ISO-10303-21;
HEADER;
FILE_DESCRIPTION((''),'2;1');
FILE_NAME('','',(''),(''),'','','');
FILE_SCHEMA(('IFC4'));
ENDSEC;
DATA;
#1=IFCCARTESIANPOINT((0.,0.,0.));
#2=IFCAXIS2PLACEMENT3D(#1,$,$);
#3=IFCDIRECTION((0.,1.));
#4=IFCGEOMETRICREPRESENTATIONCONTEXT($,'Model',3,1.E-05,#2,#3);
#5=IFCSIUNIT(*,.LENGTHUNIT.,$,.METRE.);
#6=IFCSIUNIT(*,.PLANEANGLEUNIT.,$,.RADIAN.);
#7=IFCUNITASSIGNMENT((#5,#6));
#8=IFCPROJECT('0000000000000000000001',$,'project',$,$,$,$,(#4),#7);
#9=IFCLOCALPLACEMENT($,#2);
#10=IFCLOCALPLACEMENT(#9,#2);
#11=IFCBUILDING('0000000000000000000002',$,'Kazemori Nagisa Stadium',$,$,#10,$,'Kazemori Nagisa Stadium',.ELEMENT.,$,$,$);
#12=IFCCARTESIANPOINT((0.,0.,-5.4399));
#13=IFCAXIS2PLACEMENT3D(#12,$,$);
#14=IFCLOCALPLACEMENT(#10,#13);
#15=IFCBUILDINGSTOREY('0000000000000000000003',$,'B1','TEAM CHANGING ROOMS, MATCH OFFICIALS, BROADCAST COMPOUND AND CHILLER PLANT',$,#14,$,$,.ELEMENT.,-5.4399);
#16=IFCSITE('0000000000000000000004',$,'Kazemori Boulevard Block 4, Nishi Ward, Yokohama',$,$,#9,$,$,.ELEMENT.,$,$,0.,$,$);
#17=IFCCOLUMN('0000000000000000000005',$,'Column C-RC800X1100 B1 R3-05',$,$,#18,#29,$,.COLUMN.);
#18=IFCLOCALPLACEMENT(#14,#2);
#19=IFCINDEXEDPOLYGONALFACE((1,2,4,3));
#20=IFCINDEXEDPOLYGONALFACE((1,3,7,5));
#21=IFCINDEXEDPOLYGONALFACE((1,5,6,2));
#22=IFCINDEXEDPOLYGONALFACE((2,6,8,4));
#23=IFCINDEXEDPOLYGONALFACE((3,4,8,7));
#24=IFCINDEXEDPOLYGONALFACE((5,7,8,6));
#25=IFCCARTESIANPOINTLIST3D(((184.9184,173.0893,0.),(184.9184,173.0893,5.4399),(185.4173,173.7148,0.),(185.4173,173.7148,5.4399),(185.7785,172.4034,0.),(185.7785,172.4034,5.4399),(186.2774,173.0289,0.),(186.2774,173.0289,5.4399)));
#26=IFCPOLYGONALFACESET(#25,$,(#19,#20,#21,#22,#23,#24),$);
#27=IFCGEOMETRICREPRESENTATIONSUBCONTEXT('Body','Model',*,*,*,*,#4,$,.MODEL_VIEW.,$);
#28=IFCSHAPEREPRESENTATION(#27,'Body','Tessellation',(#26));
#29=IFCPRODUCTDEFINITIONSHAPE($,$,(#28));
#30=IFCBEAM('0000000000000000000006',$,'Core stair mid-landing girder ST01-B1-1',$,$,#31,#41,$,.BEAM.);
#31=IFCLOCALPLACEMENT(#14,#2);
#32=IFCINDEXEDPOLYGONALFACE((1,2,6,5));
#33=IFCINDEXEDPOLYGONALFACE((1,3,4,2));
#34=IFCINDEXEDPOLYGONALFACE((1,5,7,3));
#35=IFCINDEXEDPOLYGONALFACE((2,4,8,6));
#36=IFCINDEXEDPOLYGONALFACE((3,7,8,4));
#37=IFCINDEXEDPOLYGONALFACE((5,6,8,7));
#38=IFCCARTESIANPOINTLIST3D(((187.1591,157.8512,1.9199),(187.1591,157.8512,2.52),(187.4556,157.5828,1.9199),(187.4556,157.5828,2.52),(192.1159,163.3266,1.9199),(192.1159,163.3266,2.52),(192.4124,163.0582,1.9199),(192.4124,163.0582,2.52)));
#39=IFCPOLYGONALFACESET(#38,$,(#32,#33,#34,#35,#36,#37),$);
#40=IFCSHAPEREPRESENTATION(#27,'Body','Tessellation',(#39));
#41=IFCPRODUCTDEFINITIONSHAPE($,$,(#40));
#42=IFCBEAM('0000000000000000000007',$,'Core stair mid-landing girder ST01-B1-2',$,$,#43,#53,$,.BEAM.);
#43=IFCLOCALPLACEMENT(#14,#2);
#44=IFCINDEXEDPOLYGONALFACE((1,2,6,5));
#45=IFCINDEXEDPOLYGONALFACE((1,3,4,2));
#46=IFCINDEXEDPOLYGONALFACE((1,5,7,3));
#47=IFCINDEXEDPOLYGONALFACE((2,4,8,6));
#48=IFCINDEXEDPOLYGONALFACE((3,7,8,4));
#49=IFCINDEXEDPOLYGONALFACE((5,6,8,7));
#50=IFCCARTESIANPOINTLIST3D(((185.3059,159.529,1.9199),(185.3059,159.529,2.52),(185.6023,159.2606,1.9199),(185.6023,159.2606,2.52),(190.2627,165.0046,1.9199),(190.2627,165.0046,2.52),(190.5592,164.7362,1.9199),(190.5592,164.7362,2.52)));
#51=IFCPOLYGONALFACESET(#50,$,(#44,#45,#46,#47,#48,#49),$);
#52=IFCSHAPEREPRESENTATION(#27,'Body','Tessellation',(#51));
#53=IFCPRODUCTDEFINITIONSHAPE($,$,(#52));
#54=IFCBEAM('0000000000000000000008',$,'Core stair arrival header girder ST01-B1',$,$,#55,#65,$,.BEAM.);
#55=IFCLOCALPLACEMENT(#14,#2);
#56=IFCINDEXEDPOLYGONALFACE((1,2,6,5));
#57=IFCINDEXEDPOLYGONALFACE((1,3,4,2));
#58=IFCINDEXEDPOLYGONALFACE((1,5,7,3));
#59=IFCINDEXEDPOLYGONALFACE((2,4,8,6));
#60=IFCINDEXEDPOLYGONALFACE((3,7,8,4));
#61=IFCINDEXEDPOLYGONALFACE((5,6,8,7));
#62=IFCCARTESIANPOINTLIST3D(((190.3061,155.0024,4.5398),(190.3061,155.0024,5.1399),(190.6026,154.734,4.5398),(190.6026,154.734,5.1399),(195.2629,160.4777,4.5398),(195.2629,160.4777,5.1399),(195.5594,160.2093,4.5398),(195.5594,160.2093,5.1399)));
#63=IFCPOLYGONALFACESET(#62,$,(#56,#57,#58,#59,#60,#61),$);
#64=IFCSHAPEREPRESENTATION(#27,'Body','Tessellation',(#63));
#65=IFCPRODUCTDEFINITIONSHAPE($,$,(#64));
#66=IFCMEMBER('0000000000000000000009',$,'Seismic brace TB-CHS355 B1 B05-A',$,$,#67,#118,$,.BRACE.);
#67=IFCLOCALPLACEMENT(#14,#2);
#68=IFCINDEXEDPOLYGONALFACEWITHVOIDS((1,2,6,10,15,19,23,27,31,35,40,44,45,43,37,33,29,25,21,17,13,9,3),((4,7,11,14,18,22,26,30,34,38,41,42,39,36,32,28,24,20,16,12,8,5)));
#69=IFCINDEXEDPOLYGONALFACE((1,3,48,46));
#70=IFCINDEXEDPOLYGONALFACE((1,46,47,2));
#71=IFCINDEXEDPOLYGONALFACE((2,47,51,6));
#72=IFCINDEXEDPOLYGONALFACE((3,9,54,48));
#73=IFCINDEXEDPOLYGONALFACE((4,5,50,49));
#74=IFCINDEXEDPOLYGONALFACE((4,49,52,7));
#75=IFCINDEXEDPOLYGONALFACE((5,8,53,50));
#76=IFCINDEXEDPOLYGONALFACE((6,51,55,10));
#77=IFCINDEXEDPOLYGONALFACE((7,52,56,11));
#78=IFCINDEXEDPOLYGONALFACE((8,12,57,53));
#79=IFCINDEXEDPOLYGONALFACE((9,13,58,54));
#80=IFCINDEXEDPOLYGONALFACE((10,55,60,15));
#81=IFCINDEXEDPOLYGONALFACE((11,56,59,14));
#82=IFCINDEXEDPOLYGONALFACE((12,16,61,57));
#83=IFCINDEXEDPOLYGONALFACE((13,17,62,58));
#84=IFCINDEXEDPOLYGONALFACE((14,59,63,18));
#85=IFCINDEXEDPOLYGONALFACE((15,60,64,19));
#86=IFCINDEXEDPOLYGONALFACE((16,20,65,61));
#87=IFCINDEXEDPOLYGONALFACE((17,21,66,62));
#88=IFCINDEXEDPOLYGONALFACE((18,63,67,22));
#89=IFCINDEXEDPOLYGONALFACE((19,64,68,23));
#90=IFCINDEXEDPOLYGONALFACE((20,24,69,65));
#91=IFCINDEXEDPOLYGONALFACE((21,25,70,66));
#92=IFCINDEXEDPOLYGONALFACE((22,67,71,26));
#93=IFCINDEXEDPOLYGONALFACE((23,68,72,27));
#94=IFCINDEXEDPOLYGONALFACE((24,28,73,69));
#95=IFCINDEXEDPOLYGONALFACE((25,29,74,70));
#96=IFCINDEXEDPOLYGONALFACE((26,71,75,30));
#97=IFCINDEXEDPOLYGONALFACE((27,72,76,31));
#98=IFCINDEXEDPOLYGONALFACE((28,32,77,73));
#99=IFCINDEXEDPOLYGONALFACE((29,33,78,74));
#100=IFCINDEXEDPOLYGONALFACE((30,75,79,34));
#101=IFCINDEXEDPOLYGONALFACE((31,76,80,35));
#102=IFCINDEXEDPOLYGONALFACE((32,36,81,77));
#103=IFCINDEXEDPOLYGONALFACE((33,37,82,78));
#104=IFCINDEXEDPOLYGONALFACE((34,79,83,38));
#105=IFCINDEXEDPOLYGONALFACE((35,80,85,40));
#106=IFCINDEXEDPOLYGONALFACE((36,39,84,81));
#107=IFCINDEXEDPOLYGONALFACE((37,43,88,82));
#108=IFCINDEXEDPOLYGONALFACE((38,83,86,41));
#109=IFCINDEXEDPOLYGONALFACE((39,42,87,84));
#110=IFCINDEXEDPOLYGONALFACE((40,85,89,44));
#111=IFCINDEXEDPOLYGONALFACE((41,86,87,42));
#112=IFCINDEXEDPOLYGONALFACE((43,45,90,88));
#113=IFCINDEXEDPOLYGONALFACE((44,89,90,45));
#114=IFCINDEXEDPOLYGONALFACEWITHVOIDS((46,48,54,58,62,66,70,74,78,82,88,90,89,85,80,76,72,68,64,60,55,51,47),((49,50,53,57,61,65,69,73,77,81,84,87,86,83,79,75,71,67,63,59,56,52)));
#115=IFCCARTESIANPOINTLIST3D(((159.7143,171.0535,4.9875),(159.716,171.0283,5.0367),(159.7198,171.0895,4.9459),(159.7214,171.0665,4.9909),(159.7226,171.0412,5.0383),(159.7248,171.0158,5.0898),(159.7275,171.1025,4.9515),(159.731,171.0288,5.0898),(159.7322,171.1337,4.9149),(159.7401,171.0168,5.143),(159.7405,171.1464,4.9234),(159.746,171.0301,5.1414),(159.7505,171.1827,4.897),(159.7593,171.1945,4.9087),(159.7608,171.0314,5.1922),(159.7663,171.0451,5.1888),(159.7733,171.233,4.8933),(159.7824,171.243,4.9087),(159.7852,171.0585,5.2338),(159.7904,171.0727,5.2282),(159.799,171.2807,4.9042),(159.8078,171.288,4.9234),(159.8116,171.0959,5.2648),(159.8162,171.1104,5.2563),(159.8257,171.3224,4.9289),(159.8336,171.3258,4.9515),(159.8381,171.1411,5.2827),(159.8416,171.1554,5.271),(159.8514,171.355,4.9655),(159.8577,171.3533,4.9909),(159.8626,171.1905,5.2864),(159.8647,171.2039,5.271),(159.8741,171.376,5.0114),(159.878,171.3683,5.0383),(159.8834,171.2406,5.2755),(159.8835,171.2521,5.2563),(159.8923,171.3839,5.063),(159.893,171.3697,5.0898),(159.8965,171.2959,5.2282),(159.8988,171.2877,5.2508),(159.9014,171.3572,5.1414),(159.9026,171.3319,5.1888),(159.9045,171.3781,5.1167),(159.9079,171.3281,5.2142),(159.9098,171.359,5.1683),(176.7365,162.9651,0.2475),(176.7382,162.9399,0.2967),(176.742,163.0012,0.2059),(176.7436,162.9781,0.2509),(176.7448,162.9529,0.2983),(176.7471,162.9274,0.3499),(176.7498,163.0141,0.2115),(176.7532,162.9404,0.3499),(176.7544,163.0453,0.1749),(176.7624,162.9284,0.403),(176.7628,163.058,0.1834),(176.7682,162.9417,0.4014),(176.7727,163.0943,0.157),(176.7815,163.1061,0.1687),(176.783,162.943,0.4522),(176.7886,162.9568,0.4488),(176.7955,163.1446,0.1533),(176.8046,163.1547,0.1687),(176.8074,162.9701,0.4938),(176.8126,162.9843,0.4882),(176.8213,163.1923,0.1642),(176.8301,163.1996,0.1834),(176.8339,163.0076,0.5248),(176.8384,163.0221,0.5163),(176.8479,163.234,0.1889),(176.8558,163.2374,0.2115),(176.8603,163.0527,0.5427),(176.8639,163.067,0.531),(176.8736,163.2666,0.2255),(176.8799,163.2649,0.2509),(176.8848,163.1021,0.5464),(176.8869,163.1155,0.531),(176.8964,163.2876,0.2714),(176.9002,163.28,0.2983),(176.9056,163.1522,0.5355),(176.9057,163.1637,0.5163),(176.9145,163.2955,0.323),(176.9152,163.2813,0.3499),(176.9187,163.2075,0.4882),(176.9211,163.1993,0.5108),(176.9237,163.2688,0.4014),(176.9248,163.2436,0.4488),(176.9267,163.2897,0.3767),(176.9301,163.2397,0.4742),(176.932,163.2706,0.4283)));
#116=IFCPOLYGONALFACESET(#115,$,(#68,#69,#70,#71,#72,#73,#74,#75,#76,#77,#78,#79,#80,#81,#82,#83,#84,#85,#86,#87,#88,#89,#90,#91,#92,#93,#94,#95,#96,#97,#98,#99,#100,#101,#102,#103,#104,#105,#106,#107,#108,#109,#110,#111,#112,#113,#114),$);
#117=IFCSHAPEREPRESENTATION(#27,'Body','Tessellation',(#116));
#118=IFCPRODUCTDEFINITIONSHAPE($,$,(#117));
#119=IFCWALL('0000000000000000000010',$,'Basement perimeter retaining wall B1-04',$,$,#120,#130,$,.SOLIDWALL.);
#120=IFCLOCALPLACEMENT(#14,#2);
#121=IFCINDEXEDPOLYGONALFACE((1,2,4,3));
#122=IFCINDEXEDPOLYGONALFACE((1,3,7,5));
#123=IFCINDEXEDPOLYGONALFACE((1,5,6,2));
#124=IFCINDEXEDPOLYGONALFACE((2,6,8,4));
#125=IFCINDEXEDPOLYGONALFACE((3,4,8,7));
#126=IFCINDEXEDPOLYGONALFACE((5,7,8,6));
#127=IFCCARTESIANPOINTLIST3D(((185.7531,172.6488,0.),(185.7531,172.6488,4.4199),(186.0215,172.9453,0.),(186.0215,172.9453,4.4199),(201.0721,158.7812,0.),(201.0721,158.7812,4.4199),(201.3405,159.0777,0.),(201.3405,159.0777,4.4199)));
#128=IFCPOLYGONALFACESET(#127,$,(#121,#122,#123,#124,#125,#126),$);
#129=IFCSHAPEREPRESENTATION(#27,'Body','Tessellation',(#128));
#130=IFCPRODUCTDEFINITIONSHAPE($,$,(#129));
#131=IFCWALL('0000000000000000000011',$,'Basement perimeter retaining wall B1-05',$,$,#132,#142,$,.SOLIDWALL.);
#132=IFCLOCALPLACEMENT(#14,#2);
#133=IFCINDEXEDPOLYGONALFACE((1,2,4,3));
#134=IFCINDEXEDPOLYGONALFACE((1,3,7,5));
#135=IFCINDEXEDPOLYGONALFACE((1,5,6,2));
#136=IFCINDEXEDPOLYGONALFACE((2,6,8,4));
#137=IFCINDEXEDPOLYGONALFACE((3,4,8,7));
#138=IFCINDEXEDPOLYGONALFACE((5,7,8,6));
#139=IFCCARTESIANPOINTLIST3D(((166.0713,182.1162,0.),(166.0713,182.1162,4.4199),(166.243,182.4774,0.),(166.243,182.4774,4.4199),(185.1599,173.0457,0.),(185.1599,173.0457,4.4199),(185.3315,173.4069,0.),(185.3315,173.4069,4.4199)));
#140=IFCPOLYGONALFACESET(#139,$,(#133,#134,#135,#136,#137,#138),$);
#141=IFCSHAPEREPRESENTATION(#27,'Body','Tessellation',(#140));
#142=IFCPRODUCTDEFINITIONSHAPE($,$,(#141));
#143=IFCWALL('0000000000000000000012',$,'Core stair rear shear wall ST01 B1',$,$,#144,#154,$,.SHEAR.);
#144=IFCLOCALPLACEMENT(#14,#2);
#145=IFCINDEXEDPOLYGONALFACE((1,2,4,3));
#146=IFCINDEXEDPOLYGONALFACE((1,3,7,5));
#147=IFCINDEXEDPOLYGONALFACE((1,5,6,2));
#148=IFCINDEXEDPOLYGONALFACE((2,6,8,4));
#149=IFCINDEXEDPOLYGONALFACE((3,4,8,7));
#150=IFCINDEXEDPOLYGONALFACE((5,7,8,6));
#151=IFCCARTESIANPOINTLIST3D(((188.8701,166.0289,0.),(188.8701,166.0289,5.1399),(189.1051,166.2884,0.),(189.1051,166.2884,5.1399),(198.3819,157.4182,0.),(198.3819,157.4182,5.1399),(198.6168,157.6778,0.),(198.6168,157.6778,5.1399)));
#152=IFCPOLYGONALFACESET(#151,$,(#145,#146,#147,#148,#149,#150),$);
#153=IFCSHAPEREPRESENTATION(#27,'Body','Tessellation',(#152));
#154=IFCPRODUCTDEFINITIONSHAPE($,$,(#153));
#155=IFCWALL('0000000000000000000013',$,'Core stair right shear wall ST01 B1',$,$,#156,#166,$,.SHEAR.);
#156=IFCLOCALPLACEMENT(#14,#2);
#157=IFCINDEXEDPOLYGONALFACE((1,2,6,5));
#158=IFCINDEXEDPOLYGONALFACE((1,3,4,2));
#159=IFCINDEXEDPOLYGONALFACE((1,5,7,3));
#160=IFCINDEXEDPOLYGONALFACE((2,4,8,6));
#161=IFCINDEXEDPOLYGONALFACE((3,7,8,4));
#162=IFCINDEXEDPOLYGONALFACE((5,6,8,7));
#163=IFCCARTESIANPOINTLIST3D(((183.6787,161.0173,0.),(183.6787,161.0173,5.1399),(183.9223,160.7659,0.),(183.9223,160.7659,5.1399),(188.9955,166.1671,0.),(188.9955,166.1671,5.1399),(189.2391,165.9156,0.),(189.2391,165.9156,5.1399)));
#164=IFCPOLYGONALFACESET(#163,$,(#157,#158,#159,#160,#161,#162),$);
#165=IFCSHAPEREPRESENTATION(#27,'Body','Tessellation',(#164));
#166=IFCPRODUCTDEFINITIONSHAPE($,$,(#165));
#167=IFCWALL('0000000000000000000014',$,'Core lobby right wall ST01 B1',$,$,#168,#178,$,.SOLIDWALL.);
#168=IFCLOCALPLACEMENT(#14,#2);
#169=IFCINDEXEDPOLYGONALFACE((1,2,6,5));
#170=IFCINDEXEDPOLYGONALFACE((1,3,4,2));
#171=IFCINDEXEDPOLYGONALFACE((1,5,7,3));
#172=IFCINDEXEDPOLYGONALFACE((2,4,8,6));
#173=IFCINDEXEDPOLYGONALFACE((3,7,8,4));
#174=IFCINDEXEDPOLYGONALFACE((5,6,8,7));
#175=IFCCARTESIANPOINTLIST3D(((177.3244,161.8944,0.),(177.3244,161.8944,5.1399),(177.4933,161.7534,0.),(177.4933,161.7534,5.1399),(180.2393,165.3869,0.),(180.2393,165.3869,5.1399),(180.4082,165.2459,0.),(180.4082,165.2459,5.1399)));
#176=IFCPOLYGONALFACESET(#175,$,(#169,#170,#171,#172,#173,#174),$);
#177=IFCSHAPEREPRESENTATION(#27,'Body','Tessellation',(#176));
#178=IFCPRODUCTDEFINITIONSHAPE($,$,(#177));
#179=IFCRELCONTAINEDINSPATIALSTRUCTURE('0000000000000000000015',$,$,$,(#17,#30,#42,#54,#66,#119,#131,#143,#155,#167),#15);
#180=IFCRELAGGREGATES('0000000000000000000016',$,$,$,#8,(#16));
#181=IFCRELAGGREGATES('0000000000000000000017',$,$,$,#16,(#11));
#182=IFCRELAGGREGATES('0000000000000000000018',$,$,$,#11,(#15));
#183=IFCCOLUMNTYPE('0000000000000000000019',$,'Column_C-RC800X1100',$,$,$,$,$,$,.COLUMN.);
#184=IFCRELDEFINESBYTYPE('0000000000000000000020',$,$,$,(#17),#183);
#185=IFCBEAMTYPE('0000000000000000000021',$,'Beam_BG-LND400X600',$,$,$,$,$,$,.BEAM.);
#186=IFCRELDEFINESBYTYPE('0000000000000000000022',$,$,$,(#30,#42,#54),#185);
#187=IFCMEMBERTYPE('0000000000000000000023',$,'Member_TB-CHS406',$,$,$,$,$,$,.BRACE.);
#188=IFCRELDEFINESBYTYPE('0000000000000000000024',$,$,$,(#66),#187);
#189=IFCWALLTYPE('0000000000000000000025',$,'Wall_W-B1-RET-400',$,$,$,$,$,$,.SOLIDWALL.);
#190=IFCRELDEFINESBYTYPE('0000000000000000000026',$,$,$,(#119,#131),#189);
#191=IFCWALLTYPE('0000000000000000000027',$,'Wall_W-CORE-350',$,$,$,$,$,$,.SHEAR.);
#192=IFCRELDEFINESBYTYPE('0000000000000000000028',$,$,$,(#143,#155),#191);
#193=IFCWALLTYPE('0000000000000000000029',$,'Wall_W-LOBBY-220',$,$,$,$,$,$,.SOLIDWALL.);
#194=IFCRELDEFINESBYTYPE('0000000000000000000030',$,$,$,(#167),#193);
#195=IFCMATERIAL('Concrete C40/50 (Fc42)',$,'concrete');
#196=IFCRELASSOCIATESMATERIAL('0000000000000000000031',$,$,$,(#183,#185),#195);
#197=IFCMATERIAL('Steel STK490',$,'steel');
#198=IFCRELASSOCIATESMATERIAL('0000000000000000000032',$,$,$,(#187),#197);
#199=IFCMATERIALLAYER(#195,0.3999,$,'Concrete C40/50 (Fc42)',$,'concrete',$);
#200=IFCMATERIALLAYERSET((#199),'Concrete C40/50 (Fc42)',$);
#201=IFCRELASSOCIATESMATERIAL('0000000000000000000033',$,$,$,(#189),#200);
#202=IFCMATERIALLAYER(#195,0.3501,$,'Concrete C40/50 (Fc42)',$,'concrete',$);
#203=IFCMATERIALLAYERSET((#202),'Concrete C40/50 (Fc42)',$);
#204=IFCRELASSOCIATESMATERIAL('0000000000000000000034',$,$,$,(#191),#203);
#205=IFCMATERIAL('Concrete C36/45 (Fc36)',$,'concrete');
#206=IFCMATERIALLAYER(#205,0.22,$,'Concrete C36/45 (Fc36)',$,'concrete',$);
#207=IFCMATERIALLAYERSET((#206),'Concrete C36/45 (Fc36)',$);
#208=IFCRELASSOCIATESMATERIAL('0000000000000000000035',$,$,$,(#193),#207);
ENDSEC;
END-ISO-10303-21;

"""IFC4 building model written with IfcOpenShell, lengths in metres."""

from ifc_helpers import new_model, si_unit, direction, frame, frame_2d, origin, origin_2d, place, context, subcontext, project, spatial, rectangle, hollow_circle, extrude, material, layer, layer_set, material_profile, profile_set, type_object, element, save


model = new_model("IFC4")

# Units and contexts
model_context = context("Model", 3, precision=1e-05, world=origin(), true_north=direction((0.0, 1.0)))
body_context = subcontext(model_context, "Body", "Model", "MODEL_VIEW")
ifc_project = project(units=[si_unit("LENGTHUNIT", "METRE"), si_unit("PLANEANGLEUNIT", "RADIAN")], contexts=[model_context])

# Site, building, storey
site_placement = place(None, origin())
site = spatial("IfcSite", under=ifc_project, at=site_placement, Name="Kazemori Boulevard Block 4, Nishi Ward, Yokohama", CompositionType="ELEMENT", RefElevation=0.0)
building_placement = place(site_placement, origin())
building = spatial("IfcBuilding", under=site, at=building_placement, Name="Kazemori Nagisa Stadium", LongName="Kazemori Nagisa Stadium", CompositionType="ELEMENT")
storey_placement = place(building_placement, frame((0.0, 0.0, -5.4399)))
storey = spatial("IfcBuildingStorey", under=building, at=storey_placement, Name="B1", Description="TEAM CHANGING ROOMS, MATCH OFFICIALS, BROADCAST COMPOUND AND CHILLER PLANT", CompositionType="ELEMENT", Elevation=-5.4399)

# Shared definitions
ifc_material_1 = material(Name="Concrete C40/50 (Fc42)", Category="concrete")

# Shared definitions
ifc_material_2 = material(Name="Concrete C36/45 (Fc36)", Category="concrete")

# Column
ifc_material_profile_1 = material_profile(ifc_material_1, rectangle(XDim=0.8, YDim=1.1001, at=origin_2d()), Name="RC-COL-800x1100")
ifc_profile_set_1 = profile_set([ifc_material_profile_1], Name="Concrete C40/50 (Fc42)")
column_type_1 = type_object("IfcColumnType", Name="Column_C-RC800X1100", PredefinedType="COLUMN", material=ifc_profile_set_1)
for number, where, z_axis, x_axis, name in (
    (1, (185.5979, 173.0591, 0.0), (0.0, 0.0, 1.0), (0.62349, 0.781831, 0.0), "Column C-RC800X1100 B1 R3-05"),
):
    element("IfcColumn", number, at=place(storey_placement, frame(where, z_axis=z_axis, x_axis=x_axis)), inside=storey, type_object=column_type_1, Name=name, PredefinedType="COLUMN", context=body_context, shape_type="SweptSolid", body=[
        extrude(rectangle(XDim=0.8, YDim=1.1001, at=origin_2d()), origin(), (0.0, 0.0, 1.0), 5.4399),
    ])

# Beams
ifc_material_profile_2 = material_profile(ifc_material_1, rectangle(XDim=0.3999, YDim=0.6001, at=origin_2d()), Name="RC-BM-400x600")
ifc_profile_set_2 = profile_set([ifc_material_profile_2], Name="Concrete C40/50 (Fc42)")
beam_type = type_object("IfcBeamType", Name="Beam_BG-LND400X600", PredefinedType="BEAM", material=ifc_profile_set_2)
beam_1_placement = place(storey_placement, frame((187.3074, 157.717, 2.22), z_axis=(0.67113, 0.74134, 0.0), x_axis=(-0.74134, 0.67113, 0.0)))
element("IfcBeam", 2, at=beam_1_placement, inside=storey, type_object=beam_type, Name="Core stair mid-landing girder ST01-B1-1", PredefinedType="BEAM", context=body_context, shape_type="SweptSolid", body=[
    extrude(rectangle(XDim=0.3999, YDim=0.6001, at=origin_2d()), origin(), (0.0, 0.0, 1.0), 7.3857),
])
beam_2_placement = place(storey_placement, frame((185.4541, 159.3948, 2.22), z_axis=(0.671113, 0.741355, 0.0), x_axis=(-0.741355, 0.671113, 0.0)))
element("IfcBeam", 3, at=beam_2_placement, inside=storey, type_object=beam_type, Name="Core stair mid-landing girder ST01-B1-2", PredefinedType="BEAM", context=body_context, shape_type="SweptSolid", body=[
    extrude(rectangle(XDim=0.3999, YDim=0.6001, at=origin_2d()), origin(), (0.0, 0.0, 1.0), 7.386),
])
beam_3_placement = place(storey_placement, frame((190.4543, 154.8682, 4.8398), z_axis=(0.67113, 0.74134, 0.0), x_axis=(-0.74134, 0.67113, 0.0)))
element("IfcBeam", 4, at=beam_3_placement, inside=storey, type_object=beam_type, Name="Core stair arrival header girder ST01-B1", PredefinedType="BEAM", context=body_context, shape_type="SweptSolid", body=[
    extrude(rectangle(XDim=0.3999, YDim=0.6001, at=origin_2d()), origin(), (0.0, 0.0, 1.0), 7.3857),
])

# Member
ifc_material_3 = material(Name="Steel STK490", Category="steel")
ifc_material_profile_3 = material_profile(ifc_material_3, hollow_circle(Radius=0.2031, WallThickness=0.0144, at=origin_2d()), Name="CHS-406.4x14.3")
ifc_profile_set_3 = profile_set([ifc_material_profile_3], Name="Steel STK490")
member_type = type_object("IfcMemberType", Name="Member_TB-CHS406", PredefinedType="BRACE", material=ifc_profile_set_3)
member_placement = place(storey_placement, frame((176.8342, 163.1108, 0.3499), z_axis=(-0.875939, 0.416217, 0.243913), x_axis=(-0.429179, -0.903219, 0.0)))
element("IfcMember", 5, at=member_placement, inside=storey, type_object=member_type, Name="Seismic brace TB-CHS355 B1 B05-A", PredefinedType="BRACE", context=body_context, shape_type="SweptSolid", body=[
    extrude(hollow_circle(Radius=0.2031, WallThickness=0.0144, at=origin_2d()), origin(), (0.0, 0.0, 1.0), 19.4331),
])

# Walls
ifc_layer_1 = layer(ifc_material_1, 0.3999, Name="Concrete C40/50 (Fc42)", Category="concrete")
ifc_layer_set_1 = layer_set([ifc_layer_1], Name="Concrete C40/50 (Fc42)")
wall_type_1 = type_object("IfcWallType", Name="Wall_W-B1-RET-400", PredefinedType="SOLIDWALL", material=ifc_layer_set_1)
wall_1_placement = place(storey_placement, frame((201.2063, 158.9294, 0.0), z_axis=(0.0, 0.0, 1.0), x_axis=(-0.741354, 0.671114, 0.0)))
element("IfcWall", 6, at=wall_1_placement, inside=storey, type_object=wall_type_1, Name="Basement perimeter retaining wall B1-04", PredefinedType="SOLIDWALL", context=body_context, shape_type="SweptSolid", body=[
    extrude(rectangle(XDim=20.6636, YDim=0.3999, at=frame_2d((10.3318, 0.0))), origin(), (0.0, 0.0, 1.0), 4.4199),
])
wall_2_placement = place(storey_placement, frame((185.2456, 173.2263, 0.0), z_axis=(0.0, 0.0, 1.0), x_axis=(-0.903214, 0.42919, 0.0)))
element("IfcWall", 7, at=wall_2_placement, inside=storey, type_object=wall_type_1, Name="Basement perimeter retaining wall B1-05", PredefinedType="SOLIDWALL", context=body_context, shape_type="SweptSolid", body=[
    extrude(rectangle(XDim=21.134, YDim=0.3999, at=frame_2d((10.5669, 0.0))), origin(), (0.0, 0.0, 1.0), 4.4199),
])
ifc_layer_2 = layer(ifc_material_1, 0.3501, Name="Concrete C40/50 (Fc42)", Category="concrete")
ifc_layer_set_2 = layer_set([ifc_layer_2], Name="Concrete C40/50 (Fc42)")
wall_type_2 = type_object("IfcWallType", Name="Wall_W-CORE-350", PredefinedType="SHEAR", material=ifc_layer_set_2)
wall_3_placement = place(storey_placement, frame((198.4993, 157.5481, 0.0), z_axis=(0.0, 0.0, 1.0), x_axis=(-0.741351, 0.671117, 0.0)))
element("IfcWall", 8, at=wall_3_placement, inside=storey, type_object=wall_type_2, Name="Core stair rear shear wall ST01 B1", PredefinedType="SHEAR", context=body_context, shape_type="SweptSolid", body=[
    extrude(rectangle(XDim=12.8303, YDim=0.3501, at=frame_2d((6.415, 0.0))), origin(), (0.0, 0.0, 1.0), 5.1399),
])
wall_4_placement = place(storey_placement, frame((183.8005, 160.8916, 0.0), z_axis=(0.0, 0.0, 1.0), x_axis=(0.718297, 0.695736, 0.0)))
element("IfcWall", 9, at=wall_4_placement, inside=storey, type_object=wall_type_2, Name="Core stair right shear wall ST01 B1", PredefinedType="SHEAR", context=body_context, shape_type="SweptSolid", body=[
    extrude(rectangle(XDim=7.4019, YDim=0.3501, at=frame_2d((3.7009, 0.0))), origin(), (0.0, 0.0, 1.0), 5.1399),
])
ifc_layer_3 = layer(ifc_material_2, 0.22, Name="Concrete C36/45 (Fc36)", Category="concrete")
ifc_layer_set_3 = layer_set([ifc_layer_3], Name="Concrete C36/45 (Fc36)")
wall_type_3 = type_object("IfcWallType", Name="Wall_W-LOBBY-220", PredefinedType="SOLIDWALL", material=ifc_layer_set_3)
wall_5_placement = place(storey_placement, frame((177.4089, 161.824, 0.0), z_axis=(0.0, 0.0, 1.0), x_axis=(0.64076, 0.767742, 0.0)))
element("IfcWall", 10, at=wall_5_placement, inside=storey, type_object=wall_type_3, Name="Core lobby right wall ST01 B1", PredefinedType="SOLIDWALL", context=body_context, shape_type="SweptSolid", body=[
    extrude(rectangle(XDim=4.5491, YDim=0.22, at=frame_2d((2.2744, 0.0))), origin(), (0.0, 0.0, 1.0), 5.1399),
])

save(model, "model.ifc")
